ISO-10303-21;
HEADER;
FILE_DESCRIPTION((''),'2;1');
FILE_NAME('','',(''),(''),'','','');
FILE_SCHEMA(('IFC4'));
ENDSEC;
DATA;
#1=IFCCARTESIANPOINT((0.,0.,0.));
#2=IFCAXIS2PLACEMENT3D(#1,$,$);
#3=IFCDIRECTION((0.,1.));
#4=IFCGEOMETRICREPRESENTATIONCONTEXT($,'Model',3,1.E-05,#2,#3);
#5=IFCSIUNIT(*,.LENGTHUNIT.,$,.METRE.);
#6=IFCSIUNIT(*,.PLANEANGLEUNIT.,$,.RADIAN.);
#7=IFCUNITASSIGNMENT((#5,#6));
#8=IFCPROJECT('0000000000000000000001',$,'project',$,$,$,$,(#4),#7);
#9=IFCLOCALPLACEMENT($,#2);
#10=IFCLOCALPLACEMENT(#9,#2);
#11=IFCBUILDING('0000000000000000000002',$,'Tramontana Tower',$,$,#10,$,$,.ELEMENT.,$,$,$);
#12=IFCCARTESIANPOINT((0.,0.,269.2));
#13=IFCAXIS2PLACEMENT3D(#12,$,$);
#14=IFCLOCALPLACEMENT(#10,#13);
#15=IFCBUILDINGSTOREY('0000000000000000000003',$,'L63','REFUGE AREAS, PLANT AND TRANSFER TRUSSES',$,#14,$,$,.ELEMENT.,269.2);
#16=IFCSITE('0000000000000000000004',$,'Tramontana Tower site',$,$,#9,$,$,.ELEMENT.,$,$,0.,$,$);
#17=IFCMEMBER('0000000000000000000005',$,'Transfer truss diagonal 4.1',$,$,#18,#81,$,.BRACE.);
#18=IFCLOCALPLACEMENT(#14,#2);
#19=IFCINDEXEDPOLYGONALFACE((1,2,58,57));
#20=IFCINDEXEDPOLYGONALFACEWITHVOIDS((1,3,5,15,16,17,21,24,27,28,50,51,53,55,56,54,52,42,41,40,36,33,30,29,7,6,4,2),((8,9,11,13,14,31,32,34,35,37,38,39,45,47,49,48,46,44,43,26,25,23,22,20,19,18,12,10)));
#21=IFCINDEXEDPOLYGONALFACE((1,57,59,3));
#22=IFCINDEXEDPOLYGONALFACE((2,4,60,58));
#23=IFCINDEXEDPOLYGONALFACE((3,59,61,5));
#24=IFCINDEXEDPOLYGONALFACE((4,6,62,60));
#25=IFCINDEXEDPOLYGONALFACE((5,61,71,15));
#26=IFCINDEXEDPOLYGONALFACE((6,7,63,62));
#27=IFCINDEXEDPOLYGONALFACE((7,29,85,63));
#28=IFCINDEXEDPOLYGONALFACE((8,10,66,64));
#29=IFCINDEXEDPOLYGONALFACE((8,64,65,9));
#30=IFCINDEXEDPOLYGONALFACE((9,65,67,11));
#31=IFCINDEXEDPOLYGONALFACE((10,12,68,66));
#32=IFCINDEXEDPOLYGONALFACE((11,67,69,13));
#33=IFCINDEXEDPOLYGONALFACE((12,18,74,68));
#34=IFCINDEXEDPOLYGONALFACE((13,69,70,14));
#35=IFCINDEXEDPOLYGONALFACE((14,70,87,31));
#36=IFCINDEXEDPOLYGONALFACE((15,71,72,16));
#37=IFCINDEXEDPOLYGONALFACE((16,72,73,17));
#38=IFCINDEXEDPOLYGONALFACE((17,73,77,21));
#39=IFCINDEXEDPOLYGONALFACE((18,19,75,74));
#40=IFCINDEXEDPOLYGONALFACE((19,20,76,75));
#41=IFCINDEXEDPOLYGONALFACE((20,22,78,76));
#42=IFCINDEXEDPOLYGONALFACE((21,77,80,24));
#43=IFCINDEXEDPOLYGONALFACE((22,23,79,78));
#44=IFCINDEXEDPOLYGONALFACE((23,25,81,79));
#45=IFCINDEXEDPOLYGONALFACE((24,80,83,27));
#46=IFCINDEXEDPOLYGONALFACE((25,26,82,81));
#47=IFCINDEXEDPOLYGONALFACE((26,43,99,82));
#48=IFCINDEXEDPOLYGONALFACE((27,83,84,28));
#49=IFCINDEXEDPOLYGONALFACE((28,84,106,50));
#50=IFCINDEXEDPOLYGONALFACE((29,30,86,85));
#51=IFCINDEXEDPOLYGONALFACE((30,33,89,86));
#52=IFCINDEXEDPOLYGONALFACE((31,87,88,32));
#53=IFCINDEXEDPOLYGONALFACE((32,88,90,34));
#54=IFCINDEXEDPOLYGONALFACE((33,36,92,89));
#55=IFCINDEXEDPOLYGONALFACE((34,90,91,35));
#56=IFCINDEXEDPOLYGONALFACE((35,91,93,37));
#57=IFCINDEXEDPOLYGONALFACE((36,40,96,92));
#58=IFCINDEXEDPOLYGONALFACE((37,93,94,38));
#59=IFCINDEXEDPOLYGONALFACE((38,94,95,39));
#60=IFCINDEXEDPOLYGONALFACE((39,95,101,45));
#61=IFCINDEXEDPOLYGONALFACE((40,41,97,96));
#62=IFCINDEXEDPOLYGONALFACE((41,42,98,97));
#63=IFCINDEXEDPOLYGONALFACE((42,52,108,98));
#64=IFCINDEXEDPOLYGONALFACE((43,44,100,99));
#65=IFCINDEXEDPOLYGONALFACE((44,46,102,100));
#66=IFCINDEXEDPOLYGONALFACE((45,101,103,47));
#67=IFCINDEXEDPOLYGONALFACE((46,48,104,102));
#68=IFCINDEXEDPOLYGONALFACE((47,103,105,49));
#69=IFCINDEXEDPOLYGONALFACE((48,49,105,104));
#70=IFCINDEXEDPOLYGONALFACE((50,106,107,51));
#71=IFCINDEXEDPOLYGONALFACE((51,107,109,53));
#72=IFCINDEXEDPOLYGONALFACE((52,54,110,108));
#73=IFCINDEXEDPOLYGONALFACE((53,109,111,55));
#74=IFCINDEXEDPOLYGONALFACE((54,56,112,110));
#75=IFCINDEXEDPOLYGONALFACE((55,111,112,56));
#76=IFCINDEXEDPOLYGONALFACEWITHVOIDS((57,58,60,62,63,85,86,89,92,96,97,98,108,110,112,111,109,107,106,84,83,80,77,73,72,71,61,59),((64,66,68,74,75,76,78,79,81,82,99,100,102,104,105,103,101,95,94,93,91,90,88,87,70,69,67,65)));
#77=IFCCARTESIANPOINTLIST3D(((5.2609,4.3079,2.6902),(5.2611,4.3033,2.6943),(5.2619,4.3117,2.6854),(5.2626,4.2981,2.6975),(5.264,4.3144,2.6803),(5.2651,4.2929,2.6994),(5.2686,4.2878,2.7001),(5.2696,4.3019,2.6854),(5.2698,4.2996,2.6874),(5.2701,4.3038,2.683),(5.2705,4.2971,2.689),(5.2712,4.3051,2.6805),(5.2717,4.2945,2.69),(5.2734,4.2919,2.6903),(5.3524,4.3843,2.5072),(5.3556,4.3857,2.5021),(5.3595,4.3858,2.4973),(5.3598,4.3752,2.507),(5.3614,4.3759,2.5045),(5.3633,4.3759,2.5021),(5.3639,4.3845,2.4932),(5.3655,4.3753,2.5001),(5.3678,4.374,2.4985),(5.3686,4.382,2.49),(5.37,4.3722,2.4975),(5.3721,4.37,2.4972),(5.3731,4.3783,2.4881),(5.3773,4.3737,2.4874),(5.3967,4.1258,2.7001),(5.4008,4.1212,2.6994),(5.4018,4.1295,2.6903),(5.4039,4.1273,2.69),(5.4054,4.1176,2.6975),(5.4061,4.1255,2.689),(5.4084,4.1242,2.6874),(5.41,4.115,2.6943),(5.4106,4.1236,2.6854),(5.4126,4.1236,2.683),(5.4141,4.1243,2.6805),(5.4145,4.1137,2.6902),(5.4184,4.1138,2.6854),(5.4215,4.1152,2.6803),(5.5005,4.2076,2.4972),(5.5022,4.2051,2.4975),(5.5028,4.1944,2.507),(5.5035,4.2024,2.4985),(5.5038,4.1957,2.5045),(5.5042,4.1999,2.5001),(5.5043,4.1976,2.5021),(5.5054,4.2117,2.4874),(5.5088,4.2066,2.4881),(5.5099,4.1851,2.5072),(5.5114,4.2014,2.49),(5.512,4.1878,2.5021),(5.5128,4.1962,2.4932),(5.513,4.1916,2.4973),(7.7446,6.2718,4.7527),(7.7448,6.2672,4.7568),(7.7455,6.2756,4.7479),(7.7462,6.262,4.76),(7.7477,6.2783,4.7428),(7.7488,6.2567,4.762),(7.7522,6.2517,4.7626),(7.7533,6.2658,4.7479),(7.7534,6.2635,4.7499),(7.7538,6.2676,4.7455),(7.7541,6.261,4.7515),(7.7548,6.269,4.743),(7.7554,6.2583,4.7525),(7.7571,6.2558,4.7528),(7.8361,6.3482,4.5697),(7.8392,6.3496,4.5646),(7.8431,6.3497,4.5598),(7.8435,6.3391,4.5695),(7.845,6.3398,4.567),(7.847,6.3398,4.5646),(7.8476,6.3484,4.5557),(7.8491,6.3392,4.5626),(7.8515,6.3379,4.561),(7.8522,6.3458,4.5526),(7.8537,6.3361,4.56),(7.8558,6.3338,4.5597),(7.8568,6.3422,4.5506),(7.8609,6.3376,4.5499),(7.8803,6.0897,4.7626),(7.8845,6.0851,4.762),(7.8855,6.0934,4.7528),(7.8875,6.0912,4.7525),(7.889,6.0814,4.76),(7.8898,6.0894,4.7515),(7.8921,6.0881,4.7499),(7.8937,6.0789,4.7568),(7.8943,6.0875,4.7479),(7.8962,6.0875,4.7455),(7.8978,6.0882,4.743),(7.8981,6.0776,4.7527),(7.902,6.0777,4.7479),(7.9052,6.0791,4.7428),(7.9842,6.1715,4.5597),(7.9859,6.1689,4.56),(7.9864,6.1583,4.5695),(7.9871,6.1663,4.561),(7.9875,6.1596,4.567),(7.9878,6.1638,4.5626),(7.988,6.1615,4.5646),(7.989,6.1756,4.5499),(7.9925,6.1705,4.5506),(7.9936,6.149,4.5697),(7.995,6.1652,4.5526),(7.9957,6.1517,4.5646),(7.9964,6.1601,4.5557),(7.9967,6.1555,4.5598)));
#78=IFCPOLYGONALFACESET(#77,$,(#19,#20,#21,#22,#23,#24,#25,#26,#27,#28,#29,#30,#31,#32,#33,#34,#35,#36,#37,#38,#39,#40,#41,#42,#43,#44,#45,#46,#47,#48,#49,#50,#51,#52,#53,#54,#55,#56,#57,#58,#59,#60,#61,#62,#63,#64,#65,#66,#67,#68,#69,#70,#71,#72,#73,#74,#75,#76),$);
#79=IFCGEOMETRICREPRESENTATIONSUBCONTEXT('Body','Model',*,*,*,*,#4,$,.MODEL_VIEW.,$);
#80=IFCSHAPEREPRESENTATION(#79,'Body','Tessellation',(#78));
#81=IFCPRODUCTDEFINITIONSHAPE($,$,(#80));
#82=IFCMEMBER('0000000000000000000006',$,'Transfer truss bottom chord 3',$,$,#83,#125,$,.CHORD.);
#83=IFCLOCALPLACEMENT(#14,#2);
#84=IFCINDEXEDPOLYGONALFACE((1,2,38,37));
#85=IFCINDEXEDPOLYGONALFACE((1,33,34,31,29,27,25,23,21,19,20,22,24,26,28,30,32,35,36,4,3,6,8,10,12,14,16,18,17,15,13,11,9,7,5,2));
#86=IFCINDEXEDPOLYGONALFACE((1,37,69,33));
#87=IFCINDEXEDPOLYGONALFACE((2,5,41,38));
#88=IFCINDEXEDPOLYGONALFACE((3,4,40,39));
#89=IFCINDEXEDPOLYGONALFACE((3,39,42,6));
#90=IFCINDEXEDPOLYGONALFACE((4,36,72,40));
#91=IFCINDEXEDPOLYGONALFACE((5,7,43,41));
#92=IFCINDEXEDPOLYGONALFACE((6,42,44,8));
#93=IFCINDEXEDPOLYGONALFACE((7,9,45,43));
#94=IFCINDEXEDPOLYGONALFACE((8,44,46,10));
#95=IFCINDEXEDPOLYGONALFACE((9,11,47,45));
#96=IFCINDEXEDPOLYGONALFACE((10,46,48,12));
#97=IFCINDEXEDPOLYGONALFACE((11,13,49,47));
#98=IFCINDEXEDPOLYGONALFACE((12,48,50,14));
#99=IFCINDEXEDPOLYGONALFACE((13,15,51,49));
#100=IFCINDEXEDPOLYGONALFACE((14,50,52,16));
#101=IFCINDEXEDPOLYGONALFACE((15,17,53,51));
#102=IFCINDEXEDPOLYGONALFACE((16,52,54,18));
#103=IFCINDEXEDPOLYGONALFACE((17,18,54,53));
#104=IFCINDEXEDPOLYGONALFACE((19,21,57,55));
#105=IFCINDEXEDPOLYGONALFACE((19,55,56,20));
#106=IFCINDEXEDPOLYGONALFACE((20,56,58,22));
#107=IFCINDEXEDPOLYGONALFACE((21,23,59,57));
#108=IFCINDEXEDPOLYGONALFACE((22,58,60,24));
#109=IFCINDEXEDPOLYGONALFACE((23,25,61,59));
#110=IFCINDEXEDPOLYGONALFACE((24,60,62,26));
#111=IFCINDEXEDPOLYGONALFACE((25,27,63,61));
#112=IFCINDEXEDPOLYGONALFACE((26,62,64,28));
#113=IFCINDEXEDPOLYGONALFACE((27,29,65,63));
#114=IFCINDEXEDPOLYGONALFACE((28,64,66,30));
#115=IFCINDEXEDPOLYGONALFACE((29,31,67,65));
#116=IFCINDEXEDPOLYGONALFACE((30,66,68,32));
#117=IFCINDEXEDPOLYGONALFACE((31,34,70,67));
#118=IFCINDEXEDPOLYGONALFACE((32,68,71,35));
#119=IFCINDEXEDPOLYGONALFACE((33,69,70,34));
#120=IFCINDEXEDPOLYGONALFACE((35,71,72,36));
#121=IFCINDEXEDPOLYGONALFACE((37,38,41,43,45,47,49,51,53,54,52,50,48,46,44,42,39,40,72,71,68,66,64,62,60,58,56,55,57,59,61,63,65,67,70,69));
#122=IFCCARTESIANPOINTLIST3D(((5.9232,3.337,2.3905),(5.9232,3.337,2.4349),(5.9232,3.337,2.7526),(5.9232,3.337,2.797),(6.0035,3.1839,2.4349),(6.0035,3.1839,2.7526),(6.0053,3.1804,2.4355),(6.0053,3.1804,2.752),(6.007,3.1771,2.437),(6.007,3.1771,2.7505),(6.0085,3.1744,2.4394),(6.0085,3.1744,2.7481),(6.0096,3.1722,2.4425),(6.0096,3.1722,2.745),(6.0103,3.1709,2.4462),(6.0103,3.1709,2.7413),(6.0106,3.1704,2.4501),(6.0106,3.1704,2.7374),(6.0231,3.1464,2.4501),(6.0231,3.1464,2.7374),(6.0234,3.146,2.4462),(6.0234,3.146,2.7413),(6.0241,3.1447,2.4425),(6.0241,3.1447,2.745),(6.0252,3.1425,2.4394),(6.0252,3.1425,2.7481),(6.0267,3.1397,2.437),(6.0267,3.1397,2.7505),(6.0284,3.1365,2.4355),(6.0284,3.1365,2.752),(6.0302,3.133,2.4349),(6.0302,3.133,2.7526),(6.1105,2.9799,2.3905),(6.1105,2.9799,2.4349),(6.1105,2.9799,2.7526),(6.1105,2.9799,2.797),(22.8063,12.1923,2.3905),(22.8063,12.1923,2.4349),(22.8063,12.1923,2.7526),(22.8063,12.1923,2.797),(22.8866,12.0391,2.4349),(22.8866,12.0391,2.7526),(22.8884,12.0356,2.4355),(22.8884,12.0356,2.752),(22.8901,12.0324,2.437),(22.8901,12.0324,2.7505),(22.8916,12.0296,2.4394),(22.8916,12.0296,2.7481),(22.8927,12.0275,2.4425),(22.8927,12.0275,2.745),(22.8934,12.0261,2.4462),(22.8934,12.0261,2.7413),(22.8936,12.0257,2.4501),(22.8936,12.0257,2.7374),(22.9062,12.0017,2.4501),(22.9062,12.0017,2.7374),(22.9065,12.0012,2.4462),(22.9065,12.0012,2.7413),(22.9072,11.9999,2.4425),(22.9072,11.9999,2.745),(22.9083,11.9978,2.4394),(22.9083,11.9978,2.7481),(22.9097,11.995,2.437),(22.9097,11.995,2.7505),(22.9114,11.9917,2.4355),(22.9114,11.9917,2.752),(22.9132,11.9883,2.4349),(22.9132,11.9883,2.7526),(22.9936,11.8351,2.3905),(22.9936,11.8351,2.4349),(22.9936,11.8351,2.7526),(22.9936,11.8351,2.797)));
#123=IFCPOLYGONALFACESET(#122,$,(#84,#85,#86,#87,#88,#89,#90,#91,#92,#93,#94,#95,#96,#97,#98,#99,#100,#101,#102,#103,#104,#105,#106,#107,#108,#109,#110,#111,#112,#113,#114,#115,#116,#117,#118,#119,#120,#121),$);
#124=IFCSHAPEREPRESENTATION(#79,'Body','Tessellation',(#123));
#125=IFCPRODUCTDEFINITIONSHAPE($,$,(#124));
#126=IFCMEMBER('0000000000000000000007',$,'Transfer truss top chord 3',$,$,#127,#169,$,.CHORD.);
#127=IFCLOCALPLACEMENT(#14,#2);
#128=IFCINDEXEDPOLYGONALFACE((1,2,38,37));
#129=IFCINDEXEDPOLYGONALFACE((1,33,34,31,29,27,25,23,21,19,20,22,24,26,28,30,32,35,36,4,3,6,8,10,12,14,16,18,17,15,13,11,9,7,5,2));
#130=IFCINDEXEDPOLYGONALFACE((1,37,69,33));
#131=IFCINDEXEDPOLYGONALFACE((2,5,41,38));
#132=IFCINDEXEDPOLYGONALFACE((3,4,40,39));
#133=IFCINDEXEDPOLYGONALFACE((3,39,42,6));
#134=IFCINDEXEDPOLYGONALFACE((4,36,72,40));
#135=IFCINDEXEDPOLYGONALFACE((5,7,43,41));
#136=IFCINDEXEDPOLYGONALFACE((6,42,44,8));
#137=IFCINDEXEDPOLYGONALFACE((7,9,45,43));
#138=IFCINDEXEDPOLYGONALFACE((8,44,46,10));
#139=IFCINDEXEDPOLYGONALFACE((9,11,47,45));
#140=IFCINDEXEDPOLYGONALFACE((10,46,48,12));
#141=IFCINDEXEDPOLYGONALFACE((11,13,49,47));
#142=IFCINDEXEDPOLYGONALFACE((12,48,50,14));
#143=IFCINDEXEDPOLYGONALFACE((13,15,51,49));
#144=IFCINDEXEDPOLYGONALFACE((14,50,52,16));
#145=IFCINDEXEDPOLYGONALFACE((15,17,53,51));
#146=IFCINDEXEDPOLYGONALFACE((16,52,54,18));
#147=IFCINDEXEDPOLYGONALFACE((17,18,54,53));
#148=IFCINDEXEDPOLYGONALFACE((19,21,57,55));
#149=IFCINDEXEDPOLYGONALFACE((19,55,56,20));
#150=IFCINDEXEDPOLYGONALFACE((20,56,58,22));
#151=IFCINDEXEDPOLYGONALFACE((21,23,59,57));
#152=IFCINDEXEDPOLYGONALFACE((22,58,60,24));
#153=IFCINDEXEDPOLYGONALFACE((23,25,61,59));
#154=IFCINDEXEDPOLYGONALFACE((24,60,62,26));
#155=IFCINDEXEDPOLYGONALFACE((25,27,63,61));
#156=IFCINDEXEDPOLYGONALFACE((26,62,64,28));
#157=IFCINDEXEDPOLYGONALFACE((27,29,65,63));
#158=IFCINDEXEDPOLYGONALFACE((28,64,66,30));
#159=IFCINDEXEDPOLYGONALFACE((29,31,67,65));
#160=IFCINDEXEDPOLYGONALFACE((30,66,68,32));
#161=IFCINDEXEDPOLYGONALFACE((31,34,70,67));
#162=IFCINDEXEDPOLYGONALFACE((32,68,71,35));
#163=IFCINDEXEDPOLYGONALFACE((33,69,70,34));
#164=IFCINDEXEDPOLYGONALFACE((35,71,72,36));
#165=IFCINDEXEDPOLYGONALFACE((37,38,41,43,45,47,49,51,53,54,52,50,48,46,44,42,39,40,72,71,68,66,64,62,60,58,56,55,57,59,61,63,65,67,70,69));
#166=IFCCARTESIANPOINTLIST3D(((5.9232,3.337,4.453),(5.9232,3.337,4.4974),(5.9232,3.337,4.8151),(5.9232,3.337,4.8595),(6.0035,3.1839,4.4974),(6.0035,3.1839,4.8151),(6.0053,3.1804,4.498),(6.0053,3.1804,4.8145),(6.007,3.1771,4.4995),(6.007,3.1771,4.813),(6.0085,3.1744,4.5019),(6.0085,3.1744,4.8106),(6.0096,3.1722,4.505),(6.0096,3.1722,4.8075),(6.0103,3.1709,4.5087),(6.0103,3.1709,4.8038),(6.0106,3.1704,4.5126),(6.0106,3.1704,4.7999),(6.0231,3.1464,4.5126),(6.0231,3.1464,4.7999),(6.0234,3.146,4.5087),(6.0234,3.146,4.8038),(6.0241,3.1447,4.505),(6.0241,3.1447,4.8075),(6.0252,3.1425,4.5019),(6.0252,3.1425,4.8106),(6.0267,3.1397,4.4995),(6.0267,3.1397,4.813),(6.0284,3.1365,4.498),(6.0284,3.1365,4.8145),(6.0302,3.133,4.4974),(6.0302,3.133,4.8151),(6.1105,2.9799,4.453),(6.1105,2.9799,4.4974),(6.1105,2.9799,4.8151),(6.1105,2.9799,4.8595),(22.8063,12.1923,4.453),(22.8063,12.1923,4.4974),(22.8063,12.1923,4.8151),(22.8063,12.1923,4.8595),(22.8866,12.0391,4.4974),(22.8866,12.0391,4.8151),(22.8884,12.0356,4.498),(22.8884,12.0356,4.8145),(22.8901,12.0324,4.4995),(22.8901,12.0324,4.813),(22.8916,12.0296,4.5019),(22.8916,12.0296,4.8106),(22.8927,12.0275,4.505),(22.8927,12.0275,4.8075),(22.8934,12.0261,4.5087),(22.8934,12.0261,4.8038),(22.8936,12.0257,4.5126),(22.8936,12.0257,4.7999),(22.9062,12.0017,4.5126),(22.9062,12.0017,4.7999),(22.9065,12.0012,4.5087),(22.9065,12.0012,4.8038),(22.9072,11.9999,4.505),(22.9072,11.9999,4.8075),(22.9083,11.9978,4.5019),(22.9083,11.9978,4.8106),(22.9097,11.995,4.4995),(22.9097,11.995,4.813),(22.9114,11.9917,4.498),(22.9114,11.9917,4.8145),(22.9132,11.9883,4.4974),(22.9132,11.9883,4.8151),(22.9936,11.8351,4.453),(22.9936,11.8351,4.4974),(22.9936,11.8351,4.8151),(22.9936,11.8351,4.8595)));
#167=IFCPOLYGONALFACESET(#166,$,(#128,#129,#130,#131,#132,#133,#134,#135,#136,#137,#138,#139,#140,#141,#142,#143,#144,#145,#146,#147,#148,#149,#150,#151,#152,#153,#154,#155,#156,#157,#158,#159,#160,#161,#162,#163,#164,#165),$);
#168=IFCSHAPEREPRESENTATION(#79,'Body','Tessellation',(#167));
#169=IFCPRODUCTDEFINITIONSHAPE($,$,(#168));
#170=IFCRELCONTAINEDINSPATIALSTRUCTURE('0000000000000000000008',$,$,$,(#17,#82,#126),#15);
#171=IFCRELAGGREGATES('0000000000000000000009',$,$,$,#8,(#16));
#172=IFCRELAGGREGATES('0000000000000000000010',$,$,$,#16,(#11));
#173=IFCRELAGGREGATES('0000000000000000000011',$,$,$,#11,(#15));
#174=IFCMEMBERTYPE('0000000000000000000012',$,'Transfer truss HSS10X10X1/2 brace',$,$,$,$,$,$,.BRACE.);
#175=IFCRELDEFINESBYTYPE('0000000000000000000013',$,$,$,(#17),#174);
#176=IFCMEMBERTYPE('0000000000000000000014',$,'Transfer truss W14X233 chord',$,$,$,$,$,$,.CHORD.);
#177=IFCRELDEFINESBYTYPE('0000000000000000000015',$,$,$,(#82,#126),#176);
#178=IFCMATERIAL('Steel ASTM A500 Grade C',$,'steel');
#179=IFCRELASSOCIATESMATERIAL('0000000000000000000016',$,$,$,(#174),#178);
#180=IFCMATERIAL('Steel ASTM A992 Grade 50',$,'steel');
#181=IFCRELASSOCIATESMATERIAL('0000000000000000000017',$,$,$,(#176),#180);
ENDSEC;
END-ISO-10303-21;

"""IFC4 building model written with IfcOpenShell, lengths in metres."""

from ifc_helpers import new_model, si_unit, direction, frame, origin, origin_2d, place, context, subcontext, project, spatial, hollow_rectangle, i_section, extrude, material, material_profile, profile_set, type_object, element, save


model = new_model("IFC4")

# Units and contexts
model_context = context("Model", 3, precision=1e-05, world=origin(), true_north=direction((0.0, 1.0)))
body_context = subcontext(model_context, "Body", "Model", "MODEL_VIEW")
ifc_project = project(units=[si_unit("LENGTHUNIT", "METRE"), si_unit("PLANEANGLEUNIT", "RADIAN")], contexts=[model_context])

# Site, building, storey
site_placement = place(None, origin())
site = spatial("IfcSite", under=ifc_project, at=site_placement, Name="Tramontana Tower site", CompositionType="ELEMENT", RefElevation=0.0)
building_placement = place(site_placement, origin())
building = spatial("IfcBuilding", under=site, at=building_placement, Name="Tramontana Tower", CompositionType="ELEMENT")
storey_placement = place(building_placement, frame((0.0, 0.0, 269.2)))
storey = spatial("IfcBuildingStorey", under=building, at=storey_placement, Name="L63", Description="REFUGE AREAS, PLANT AND TRANSFER TRUSSES", CompositionType="ELEMENT", Elevation=269.2)

# Members
ifc_material_1 = material(Name="Steel ASTM A500 Grade C", Category="steel")
ifc_material_profile_1 = material_profile(ifc_material_1, hollow_rectangle(XDim=0.2539, YDim=0.2539, WallThickness=0.0117, InnerFilletRadius=0.0117, OuterFilletRadius=0.0237, at=origin_2d()), Name="HSS10X10X1/2")
ifc_profile_set_1 = profile_set([ifc_material_profile_1], Name="Steel ASTM A500 Grade C")
member_type_1 = type_object("IfcMemberType", Name="Transfer truss HSS10X10X1/2 brace", PredefinedType="BRACE", material=ifc_profile_set_1)
member_placement = place(storey_placement, frame((5.387, 4.2498, 2.5938), z_axis=(0.657261, 0.51971, 0.545811), x_axis=(-0.620247, 0.784407, 0.0)))
element("IfcMember", 1, at=member_placement, inside=storey, type_object=member_type_1, Name="Transfer truss diagonal 4.1", PredefinedType="BRACE", context=body_context, shape_type="SweptSolid", body=[
    extrude(hollow_rectangle(XDim=0.2539, YDim=0.2539, WallThickness=0.0117, InnerFilletRadius=0.0117, OuterFilletRadius=0.0237, at=origin_2d()), origin(), (0.0, 0.0, 1.0), 3.7788),
])
ifc_material_2 = material(Name="Steel ASTM A992 Grade 50", Category="steel")
ifc_material_profile_2 = material_profile(ifc_material_2, i_section(OverallWidth=0.4033, OverallDepth=0.4065, WebThickness=0.0271, FlangeThickness=0.0444, FilletRadius=0.0151, at=origin_2d()), Name="W14X233")
ifc_profile_set_2 = profile_set([ifc_material_profile_2], Name="Steel ASTM A992 Grade 50")
member_type_2 = type_object("IfcMemberType", Name="Transfer truss W14X233 chord", PredefinedType="CHORD", material=ifc_profile_set_2)
for number, where, z_axis, x_axis, name in (
    (2, (6.0168, 3.1584, 2.5938), (0.885579, 0.464489, 0.0), (-0.464489, 0.885579, 0.0), "Transfer truss bottom chord 3"),
    (3, (6.0168, 3.1584, 4.6562), (0.885579, 0.464489, 0.0), (-0.464489, 0.885579, 0.0), "Transfer truss top chord 3"),
):
    element("IfcMember", number, at=place(storey_placement, frame(where, z_axis=z_axis, x_axis=x_axis)), inside=storey, type_object=member_type_2, Name=name, PredefinedType="CHORD", context=body_context, shape_type="SweptSolid", body=[
        extrude(i_section(OverallWidth=0.4033, OverallDepth=0.4065, WebThickness=0.0271, FlangeThickness=0.0444, FilletRadius=0.0151, at=origin_2d()), origin(), (0.0, 0.0, 1.0), 19.0645),
    ])

save(model, "model.ifc")
